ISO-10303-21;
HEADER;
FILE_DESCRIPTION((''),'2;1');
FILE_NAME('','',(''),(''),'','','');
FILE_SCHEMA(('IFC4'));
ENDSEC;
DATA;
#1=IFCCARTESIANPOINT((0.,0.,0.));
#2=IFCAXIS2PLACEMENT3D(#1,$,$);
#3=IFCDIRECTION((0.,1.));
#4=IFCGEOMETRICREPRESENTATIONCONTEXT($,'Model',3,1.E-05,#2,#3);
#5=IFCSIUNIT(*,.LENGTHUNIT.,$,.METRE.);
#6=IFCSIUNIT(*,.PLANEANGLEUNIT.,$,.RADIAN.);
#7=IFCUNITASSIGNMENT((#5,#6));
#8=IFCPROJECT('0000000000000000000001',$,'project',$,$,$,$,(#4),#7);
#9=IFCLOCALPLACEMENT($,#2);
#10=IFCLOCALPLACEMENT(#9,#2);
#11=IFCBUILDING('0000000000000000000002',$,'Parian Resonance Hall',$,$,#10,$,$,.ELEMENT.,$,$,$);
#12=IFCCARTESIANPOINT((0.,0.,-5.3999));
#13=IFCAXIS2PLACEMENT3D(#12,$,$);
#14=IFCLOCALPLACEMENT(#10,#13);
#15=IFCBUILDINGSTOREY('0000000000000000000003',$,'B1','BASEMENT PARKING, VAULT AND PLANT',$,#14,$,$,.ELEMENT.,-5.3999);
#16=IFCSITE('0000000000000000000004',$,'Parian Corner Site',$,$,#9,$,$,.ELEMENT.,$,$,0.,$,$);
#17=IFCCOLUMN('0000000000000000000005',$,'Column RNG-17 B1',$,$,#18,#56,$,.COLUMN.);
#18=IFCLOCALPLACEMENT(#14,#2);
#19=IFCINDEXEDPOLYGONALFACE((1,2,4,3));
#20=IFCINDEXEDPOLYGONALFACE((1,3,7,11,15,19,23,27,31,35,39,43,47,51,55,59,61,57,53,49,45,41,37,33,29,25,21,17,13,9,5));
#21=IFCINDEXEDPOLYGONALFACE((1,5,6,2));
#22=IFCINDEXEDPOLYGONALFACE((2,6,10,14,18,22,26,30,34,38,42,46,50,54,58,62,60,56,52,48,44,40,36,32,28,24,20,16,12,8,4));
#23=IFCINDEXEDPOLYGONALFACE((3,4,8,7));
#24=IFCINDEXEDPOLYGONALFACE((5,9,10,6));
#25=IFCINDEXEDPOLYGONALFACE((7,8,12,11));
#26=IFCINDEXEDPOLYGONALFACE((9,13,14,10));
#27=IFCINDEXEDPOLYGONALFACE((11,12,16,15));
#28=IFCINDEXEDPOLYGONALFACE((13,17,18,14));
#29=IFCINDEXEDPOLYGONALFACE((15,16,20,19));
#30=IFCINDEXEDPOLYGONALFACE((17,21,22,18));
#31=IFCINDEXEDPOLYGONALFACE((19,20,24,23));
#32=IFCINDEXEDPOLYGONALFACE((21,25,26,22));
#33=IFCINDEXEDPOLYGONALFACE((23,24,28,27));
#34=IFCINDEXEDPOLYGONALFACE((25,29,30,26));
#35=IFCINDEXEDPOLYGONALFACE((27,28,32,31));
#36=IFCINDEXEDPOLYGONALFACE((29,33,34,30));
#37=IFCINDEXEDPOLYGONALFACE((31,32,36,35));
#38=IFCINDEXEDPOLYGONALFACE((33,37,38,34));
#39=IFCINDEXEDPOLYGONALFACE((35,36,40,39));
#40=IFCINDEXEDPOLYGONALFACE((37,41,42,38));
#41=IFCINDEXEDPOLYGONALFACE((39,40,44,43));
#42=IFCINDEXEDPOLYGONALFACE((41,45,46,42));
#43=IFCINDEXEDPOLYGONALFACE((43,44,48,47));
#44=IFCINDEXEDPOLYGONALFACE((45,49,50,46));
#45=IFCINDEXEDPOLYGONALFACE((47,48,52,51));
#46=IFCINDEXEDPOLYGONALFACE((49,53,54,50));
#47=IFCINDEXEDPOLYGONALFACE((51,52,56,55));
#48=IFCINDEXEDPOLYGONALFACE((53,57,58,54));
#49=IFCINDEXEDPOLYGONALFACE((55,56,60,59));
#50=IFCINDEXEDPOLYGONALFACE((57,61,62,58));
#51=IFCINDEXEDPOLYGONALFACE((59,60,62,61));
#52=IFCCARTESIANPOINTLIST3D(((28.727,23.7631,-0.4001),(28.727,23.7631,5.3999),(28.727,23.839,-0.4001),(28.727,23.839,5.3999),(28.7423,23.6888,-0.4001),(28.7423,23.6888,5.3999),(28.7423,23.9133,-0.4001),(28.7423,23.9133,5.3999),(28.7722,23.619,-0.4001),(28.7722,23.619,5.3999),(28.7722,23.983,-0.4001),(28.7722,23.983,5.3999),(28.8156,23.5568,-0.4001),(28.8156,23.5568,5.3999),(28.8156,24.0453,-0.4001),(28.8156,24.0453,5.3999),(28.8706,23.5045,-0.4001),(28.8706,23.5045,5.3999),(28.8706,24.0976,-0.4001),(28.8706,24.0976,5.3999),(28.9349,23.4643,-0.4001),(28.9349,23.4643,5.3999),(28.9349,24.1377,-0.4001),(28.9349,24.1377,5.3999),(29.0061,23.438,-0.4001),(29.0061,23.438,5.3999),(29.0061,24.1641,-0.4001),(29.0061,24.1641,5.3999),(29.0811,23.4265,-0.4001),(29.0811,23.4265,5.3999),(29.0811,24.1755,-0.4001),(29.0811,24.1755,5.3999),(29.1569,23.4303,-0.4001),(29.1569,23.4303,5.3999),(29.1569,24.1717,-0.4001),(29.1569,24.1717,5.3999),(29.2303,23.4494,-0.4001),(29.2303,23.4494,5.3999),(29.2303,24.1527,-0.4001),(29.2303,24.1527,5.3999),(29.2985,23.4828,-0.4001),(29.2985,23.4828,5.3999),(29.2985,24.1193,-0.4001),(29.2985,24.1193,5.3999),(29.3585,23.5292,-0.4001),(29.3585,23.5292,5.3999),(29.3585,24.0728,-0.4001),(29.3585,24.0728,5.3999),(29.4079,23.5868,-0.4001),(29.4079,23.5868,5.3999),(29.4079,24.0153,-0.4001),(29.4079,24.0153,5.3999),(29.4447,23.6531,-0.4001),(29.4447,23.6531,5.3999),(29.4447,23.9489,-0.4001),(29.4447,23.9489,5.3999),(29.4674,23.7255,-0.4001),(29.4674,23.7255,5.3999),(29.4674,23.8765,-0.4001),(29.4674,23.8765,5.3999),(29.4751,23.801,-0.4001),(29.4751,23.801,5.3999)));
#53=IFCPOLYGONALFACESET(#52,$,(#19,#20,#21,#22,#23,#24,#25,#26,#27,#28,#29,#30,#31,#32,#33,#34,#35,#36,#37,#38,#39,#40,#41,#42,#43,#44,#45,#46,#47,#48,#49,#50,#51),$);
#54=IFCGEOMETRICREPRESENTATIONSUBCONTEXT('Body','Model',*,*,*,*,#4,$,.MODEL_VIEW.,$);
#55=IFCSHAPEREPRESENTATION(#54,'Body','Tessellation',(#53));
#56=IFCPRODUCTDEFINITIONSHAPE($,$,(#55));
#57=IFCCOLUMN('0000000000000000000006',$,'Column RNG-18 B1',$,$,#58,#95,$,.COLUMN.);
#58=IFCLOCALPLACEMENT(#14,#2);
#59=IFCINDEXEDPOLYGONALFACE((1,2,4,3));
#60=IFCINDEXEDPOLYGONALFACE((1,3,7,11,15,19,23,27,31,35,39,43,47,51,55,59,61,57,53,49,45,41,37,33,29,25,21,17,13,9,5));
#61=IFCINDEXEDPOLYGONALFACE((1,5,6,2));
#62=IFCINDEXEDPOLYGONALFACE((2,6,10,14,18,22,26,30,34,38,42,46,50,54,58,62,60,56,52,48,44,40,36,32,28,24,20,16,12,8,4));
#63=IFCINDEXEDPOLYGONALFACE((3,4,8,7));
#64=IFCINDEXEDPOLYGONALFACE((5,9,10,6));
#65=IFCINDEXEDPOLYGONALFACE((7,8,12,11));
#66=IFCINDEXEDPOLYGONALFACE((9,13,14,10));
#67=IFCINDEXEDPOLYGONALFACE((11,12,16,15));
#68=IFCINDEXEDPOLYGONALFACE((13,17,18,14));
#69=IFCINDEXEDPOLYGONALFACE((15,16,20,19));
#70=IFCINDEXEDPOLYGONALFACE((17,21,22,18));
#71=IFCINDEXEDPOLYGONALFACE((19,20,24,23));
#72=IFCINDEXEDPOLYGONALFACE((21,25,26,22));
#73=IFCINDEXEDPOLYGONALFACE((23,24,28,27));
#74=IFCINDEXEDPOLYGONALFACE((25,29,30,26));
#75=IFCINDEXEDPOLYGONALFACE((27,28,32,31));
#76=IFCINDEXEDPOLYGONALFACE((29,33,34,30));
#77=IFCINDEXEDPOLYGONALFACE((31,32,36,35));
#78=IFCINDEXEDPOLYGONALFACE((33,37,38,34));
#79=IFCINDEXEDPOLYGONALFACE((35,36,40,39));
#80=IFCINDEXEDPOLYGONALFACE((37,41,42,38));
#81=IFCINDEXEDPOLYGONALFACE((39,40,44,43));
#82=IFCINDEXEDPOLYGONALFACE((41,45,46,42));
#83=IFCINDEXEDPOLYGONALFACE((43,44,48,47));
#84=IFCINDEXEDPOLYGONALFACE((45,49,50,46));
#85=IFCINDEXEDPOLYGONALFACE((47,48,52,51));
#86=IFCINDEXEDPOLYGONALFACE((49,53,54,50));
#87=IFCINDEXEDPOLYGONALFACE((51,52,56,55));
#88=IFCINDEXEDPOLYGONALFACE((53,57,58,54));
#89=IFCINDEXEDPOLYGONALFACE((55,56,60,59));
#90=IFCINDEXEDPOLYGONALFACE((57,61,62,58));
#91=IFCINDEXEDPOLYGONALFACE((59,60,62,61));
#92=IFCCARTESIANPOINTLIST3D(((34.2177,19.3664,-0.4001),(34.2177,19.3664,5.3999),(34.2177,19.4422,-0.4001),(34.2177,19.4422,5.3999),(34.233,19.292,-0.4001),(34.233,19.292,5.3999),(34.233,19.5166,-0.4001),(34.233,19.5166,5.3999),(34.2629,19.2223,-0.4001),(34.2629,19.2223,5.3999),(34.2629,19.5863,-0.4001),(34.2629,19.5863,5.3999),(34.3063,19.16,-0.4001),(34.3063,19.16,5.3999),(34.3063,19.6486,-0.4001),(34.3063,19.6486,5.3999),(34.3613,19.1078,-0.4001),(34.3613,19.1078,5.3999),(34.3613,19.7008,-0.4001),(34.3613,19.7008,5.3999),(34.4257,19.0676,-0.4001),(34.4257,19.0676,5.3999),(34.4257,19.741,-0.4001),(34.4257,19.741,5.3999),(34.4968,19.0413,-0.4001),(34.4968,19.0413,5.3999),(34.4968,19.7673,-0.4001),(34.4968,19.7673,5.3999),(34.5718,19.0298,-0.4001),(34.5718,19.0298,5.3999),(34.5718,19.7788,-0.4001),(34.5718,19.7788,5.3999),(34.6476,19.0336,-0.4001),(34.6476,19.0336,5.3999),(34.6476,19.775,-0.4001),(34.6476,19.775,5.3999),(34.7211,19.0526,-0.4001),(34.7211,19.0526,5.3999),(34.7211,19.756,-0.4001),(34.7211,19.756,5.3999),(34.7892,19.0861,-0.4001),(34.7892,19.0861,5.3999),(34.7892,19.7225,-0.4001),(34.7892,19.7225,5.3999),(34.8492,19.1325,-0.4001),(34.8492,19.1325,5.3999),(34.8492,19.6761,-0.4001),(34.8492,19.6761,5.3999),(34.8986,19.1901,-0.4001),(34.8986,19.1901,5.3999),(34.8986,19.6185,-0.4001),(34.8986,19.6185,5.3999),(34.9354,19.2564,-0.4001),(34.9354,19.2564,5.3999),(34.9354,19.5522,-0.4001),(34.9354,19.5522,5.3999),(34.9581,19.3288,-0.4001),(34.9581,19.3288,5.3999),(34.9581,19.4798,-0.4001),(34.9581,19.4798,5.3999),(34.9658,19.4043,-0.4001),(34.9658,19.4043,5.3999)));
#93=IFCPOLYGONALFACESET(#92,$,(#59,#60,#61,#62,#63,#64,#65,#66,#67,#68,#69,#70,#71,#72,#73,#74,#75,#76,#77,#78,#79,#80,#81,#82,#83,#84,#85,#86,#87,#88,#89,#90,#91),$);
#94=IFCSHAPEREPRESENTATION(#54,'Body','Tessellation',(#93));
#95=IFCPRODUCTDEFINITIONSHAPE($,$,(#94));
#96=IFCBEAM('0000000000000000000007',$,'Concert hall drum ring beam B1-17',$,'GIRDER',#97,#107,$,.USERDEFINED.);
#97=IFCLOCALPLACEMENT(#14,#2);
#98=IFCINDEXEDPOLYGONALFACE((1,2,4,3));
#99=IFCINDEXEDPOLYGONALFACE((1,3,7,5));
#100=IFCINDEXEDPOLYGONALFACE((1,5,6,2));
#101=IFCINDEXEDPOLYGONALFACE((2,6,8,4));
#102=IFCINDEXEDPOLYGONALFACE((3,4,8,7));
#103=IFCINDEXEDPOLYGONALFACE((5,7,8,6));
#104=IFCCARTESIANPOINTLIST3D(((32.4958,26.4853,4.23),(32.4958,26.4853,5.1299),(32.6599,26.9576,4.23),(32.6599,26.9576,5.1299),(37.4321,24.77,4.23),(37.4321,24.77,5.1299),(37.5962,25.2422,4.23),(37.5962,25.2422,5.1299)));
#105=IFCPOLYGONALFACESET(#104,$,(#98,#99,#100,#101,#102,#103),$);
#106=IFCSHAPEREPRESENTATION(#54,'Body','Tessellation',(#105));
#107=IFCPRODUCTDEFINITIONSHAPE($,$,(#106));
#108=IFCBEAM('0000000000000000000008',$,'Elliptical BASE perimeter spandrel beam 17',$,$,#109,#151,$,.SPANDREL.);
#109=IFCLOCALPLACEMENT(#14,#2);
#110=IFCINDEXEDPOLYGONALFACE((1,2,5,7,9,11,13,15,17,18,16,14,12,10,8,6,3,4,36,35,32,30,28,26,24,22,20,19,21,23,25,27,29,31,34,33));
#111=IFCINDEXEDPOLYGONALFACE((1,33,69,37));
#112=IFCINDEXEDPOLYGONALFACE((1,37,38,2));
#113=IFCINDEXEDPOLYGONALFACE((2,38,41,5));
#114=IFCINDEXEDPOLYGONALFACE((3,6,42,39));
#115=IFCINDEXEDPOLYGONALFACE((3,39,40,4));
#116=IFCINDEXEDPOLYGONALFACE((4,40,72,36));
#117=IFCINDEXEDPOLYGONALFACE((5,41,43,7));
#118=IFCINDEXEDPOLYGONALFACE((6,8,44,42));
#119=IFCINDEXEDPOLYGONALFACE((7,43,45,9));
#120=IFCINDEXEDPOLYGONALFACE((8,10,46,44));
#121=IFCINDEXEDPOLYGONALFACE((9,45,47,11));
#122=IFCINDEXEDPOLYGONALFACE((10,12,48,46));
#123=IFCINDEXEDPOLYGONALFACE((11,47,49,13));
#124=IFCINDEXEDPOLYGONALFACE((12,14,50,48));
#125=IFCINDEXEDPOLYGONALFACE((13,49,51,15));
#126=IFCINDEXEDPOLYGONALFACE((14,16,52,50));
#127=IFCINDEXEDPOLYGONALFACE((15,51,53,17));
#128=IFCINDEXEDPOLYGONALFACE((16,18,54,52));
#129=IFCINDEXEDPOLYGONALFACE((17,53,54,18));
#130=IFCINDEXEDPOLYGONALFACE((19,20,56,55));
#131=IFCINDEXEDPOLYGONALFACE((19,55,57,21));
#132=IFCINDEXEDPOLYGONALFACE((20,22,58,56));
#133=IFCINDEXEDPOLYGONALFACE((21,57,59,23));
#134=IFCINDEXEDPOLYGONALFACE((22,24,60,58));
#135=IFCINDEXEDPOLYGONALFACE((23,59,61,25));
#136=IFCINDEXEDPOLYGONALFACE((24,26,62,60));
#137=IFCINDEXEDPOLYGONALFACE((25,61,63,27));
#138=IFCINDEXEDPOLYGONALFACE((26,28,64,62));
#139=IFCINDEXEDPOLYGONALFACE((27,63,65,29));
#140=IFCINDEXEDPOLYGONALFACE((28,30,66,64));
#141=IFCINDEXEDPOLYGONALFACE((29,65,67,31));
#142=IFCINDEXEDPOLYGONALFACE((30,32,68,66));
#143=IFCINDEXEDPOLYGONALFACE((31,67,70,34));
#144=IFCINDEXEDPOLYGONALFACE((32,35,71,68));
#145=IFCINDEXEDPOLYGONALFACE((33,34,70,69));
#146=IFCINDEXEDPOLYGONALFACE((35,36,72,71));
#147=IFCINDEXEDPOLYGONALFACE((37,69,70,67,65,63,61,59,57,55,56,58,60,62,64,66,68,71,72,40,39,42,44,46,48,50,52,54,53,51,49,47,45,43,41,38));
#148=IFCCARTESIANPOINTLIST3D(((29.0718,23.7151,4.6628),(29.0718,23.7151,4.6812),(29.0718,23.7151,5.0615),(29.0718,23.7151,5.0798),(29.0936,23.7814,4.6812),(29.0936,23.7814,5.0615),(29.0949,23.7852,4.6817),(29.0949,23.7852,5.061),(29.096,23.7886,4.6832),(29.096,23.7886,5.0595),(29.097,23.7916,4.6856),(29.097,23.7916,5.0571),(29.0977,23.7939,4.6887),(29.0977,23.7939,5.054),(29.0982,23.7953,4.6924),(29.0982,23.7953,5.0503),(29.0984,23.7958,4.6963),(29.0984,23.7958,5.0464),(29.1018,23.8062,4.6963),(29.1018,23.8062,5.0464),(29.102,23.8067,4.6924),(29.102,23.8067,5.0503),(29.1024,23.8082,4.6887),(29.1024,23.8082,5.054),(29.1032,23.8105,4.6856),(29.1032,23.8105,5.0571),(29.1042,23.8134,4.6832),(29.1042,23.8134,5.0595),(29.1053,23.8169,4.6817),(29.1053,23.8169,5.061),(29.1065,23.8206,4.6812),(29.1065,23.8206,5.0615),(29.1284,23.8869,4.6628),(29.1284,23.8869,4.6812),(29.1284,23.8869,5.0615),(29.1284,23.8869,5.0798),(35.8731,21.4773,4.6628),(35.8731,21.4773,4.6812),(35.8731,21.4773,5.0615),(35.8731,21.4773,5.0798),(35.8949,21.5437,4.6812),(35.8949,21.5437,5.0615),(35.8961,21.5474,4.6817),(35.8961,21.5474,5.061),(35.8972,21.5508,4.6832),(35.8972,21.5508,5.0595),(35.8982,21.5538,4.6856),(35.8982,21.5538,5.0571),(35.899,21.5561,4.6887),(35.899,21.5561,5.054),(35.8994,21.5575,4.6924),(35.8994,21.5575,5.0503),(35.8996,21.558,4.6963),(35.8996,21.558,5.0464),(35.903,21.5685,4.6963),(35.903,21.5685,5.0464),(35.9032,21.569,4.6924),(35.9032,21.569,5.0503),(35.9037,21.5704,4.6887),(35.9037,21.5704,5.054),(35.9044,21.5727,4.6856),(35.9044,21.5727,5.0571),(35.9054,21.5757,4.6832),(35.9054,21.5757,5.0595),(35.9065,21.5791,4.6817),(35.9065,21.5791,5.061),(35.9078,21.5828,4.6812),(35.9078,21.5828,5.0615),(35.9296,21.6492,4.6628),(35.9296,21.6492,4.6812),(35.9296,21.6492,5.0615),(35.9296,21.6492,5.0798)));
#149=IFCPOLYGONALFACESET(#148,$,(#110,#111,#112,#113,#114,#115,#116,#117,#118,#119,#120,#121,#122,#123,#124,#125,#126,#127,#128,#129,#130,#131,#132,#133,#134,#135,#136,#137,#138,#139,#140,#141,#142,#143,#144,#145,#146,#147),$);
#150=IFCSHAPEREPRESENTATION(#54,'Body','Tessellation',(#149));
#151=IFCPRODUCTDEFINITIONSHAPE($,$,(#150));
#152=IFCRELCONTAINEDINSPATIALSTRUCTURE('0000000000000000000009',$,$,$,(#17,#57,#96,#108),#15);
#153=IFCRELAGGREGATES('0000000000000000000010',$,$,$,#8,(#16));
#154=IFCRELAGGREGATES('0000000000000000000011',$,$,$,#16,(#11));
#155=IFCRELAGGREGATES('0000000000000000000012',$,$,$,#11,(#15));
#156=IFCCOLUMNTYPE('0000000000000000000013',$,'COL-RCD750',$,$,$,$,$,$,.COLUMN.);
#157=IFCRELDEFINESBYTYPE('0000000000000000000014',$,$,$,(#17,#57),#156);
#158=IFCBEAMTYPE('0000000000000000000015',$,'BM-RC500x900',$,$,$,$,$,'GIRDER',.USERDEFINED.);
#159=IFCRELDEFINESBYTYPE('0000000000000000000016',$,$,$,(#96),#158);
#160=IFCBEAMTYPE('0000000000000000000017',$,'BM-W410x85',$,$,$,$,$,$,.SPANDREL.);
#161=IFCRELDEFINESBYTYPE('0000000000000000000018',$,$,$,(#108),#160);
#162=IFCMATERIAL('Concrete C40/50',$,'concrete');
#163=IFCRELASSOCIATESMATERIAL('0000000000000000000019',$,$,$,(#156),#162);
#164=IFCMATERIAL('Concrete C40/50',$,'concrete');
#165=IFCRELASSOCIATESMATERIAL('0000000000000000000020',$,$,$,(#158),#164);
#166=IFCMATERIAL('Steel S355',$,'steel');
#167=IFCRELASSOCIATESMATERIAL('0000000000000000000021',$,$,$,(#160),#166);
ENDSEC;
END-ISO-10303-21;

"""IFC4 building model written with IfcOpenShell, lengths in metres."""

from ifc_helpers import new_model, si_unit, direction, frame, origin, origin_2d, place, context, subcontext, project, spatial, rectangle, circle, i_section, extrude, material, material_profile, profile_set, type_object, element, save


model = new_model("IFC4")

# Units and contexts
model_context = context("Model", 3, precision=1e-05, world=origin(), true_north=direction((0.0, 1.0)))
body_context = subcontext(model_context, "Body", "Model", "MODEL_VIEW")
ifc_project = project(units=[si_unit("LENGTHUNIT", "METRE"), si_unit("PLANEANGLEUNIT", "RADIAN")], contexts=[model_context])

# Site, building, storey
site_placement = place(None, origin())
site = spatial("IfcSite", under=ifc_project, at=site_placement, Name="Parian Corner Site", CompositionType="ELEMENT", RefElevation=0.0)
building_placement = place(site_placement, origin())
building = spatial("IfcBuilding", under=site, at=building_placement, Name="Parian Resonance Hall", CompositionType="ELEMENT")
storey_placement = place(building_placement, frame((0.0, 0.0, -5.3999)))
storey = spatial("IfcBuildingStorey", under=building, at=storey_placement, Name="B1", Description="BASEMENT PARKING, VAULT AND PLANT", CompositionType="ELEMENT", Elevation=-5.3999)

# Columns
ifc_material_1 = material(Name="Concrete C40/50", Category="concrete")
ifc_material_profile_1 = material_profile(ifc_material_1, circle(Radius=0.375, at=origin_2d()), Name="RC-COL-D750")
ifc_profile_set_1 = profile_set([ifc_material_profile_1], Name="Concrete C40/50")
column_type_1 = type_object("IfcColumnType", Name="COL-RCD750", PredefinedType="COLUMN", material=ifc_profile_set_1)
for number, where, z_axis, x_axis, name in (
    (1, (29.1001, 23.801, -0.4001), (0.0, 0.0, 1.0), (1.0, 0.0, 0.0), "Column RNG-17 B1"),
    (2, (34.5908, 19.4043, -0.4001), (0.0, 0.0, 1.0), (1.0, 0.0, 0.0), "Column RNG-18 B1"),
):
    element("IfcColumn", number, at=place(storey_placement, frame(where, z_axis=z_axis, x_axis=x_axis)), inside=storey, type_object=column_type_1, Name=name, PredefinedType="COLUMN", context=body_context, shape_type="SweptSolid", body=[
        extrude(circle(Radius=0.375, at=origin_2d()), origin(), (0.0, 0.0, 1.0), 5.8),
    ])

# Beams
ifc_material_2 = material(Name="Concrete C40/50", Category="concrete")
ifc_material_profile_2 = material_profile(ifc_material_2, rectangle(XDim=0.5, YDim=0.8999, at=origin_2d()), Name="RC-BM-500x900")
ifc_profile_set_2 = profile_set([ifc_material_profile_2], Name="Concrete C40/50")
beam_type_1 = type_object("IfcBeamType", Name="BM-RC500x900", ElementType="GIRDER", PredefinedType="USERDEFINED", material=ifc_profile_set_2)
beam_1_placement = place(storey_placement, frame((32.5779, 26.7214, 4.6799), z_axis=(0.944594, -0.328242, 0.0), x_axis=(0.328242, 0.944594, 0.0)))
element("IfcBeam", 3, at=beam_1_placement, inside=storey, type_object=beam_type_1, Name="Concert hall drum ring beam B1-17", ObjectType="GIRDER", PredefinedType="USERDEFINED", context=body_context, shape_type="SweptSolid", body=[
    extrude(rectangle(XDim=0.5, YDim=0.8999, at=origin_2d()), origin(), (0.0, 0.0, 1.0), 5.2258),
])
ifc_material_3 = material(Name="Steel S355", Category="steel")
ifc_material_profile_3 = material_profile(ifc_material_3, i_section(OverallWidth=0.1809, OverallDepth=0.417, WebThickness=0.011, FlangeThickness=0.0183, FilletRadius=0.0151, at=origin_2d()), Name="W410x85")
ifc_profile_set_3 = profile_set([ifc_material_profile_3], Name="Steel S355")
beam_type_2 = type_object("IfcBeamType", Name="BM-W410x85", PredefinedType="SPANDREL", material=ifc_profile_set_3)
beam_2_placement = place(storey_placement, frame((29.1001, 23.801, 4.8713), z_axis=(0.949904, -0.312543, 0.0), x_axis=(0.312543, 0.949904, 0.0)))
element("IfcBeam", 4, at=beam_2_placement, inside=storey, type_object=beam_type_2, Name="Elliptical BASE perimeter spandrel beam 17", PredefinedType="SPANDREL", context=body_context, shape_type="SweptSolid", body=[
    extrude(i_section(OverallWidth=0.1809, OverallDepth=0.417, WebThickness=0.011, FlangeThickness=0.0183, FilletRadius=0.0151, at=origin_2d()), origin(), (0.0, 0.0, 1.0), 7.1599),
])

save(model, "model.ifc")
